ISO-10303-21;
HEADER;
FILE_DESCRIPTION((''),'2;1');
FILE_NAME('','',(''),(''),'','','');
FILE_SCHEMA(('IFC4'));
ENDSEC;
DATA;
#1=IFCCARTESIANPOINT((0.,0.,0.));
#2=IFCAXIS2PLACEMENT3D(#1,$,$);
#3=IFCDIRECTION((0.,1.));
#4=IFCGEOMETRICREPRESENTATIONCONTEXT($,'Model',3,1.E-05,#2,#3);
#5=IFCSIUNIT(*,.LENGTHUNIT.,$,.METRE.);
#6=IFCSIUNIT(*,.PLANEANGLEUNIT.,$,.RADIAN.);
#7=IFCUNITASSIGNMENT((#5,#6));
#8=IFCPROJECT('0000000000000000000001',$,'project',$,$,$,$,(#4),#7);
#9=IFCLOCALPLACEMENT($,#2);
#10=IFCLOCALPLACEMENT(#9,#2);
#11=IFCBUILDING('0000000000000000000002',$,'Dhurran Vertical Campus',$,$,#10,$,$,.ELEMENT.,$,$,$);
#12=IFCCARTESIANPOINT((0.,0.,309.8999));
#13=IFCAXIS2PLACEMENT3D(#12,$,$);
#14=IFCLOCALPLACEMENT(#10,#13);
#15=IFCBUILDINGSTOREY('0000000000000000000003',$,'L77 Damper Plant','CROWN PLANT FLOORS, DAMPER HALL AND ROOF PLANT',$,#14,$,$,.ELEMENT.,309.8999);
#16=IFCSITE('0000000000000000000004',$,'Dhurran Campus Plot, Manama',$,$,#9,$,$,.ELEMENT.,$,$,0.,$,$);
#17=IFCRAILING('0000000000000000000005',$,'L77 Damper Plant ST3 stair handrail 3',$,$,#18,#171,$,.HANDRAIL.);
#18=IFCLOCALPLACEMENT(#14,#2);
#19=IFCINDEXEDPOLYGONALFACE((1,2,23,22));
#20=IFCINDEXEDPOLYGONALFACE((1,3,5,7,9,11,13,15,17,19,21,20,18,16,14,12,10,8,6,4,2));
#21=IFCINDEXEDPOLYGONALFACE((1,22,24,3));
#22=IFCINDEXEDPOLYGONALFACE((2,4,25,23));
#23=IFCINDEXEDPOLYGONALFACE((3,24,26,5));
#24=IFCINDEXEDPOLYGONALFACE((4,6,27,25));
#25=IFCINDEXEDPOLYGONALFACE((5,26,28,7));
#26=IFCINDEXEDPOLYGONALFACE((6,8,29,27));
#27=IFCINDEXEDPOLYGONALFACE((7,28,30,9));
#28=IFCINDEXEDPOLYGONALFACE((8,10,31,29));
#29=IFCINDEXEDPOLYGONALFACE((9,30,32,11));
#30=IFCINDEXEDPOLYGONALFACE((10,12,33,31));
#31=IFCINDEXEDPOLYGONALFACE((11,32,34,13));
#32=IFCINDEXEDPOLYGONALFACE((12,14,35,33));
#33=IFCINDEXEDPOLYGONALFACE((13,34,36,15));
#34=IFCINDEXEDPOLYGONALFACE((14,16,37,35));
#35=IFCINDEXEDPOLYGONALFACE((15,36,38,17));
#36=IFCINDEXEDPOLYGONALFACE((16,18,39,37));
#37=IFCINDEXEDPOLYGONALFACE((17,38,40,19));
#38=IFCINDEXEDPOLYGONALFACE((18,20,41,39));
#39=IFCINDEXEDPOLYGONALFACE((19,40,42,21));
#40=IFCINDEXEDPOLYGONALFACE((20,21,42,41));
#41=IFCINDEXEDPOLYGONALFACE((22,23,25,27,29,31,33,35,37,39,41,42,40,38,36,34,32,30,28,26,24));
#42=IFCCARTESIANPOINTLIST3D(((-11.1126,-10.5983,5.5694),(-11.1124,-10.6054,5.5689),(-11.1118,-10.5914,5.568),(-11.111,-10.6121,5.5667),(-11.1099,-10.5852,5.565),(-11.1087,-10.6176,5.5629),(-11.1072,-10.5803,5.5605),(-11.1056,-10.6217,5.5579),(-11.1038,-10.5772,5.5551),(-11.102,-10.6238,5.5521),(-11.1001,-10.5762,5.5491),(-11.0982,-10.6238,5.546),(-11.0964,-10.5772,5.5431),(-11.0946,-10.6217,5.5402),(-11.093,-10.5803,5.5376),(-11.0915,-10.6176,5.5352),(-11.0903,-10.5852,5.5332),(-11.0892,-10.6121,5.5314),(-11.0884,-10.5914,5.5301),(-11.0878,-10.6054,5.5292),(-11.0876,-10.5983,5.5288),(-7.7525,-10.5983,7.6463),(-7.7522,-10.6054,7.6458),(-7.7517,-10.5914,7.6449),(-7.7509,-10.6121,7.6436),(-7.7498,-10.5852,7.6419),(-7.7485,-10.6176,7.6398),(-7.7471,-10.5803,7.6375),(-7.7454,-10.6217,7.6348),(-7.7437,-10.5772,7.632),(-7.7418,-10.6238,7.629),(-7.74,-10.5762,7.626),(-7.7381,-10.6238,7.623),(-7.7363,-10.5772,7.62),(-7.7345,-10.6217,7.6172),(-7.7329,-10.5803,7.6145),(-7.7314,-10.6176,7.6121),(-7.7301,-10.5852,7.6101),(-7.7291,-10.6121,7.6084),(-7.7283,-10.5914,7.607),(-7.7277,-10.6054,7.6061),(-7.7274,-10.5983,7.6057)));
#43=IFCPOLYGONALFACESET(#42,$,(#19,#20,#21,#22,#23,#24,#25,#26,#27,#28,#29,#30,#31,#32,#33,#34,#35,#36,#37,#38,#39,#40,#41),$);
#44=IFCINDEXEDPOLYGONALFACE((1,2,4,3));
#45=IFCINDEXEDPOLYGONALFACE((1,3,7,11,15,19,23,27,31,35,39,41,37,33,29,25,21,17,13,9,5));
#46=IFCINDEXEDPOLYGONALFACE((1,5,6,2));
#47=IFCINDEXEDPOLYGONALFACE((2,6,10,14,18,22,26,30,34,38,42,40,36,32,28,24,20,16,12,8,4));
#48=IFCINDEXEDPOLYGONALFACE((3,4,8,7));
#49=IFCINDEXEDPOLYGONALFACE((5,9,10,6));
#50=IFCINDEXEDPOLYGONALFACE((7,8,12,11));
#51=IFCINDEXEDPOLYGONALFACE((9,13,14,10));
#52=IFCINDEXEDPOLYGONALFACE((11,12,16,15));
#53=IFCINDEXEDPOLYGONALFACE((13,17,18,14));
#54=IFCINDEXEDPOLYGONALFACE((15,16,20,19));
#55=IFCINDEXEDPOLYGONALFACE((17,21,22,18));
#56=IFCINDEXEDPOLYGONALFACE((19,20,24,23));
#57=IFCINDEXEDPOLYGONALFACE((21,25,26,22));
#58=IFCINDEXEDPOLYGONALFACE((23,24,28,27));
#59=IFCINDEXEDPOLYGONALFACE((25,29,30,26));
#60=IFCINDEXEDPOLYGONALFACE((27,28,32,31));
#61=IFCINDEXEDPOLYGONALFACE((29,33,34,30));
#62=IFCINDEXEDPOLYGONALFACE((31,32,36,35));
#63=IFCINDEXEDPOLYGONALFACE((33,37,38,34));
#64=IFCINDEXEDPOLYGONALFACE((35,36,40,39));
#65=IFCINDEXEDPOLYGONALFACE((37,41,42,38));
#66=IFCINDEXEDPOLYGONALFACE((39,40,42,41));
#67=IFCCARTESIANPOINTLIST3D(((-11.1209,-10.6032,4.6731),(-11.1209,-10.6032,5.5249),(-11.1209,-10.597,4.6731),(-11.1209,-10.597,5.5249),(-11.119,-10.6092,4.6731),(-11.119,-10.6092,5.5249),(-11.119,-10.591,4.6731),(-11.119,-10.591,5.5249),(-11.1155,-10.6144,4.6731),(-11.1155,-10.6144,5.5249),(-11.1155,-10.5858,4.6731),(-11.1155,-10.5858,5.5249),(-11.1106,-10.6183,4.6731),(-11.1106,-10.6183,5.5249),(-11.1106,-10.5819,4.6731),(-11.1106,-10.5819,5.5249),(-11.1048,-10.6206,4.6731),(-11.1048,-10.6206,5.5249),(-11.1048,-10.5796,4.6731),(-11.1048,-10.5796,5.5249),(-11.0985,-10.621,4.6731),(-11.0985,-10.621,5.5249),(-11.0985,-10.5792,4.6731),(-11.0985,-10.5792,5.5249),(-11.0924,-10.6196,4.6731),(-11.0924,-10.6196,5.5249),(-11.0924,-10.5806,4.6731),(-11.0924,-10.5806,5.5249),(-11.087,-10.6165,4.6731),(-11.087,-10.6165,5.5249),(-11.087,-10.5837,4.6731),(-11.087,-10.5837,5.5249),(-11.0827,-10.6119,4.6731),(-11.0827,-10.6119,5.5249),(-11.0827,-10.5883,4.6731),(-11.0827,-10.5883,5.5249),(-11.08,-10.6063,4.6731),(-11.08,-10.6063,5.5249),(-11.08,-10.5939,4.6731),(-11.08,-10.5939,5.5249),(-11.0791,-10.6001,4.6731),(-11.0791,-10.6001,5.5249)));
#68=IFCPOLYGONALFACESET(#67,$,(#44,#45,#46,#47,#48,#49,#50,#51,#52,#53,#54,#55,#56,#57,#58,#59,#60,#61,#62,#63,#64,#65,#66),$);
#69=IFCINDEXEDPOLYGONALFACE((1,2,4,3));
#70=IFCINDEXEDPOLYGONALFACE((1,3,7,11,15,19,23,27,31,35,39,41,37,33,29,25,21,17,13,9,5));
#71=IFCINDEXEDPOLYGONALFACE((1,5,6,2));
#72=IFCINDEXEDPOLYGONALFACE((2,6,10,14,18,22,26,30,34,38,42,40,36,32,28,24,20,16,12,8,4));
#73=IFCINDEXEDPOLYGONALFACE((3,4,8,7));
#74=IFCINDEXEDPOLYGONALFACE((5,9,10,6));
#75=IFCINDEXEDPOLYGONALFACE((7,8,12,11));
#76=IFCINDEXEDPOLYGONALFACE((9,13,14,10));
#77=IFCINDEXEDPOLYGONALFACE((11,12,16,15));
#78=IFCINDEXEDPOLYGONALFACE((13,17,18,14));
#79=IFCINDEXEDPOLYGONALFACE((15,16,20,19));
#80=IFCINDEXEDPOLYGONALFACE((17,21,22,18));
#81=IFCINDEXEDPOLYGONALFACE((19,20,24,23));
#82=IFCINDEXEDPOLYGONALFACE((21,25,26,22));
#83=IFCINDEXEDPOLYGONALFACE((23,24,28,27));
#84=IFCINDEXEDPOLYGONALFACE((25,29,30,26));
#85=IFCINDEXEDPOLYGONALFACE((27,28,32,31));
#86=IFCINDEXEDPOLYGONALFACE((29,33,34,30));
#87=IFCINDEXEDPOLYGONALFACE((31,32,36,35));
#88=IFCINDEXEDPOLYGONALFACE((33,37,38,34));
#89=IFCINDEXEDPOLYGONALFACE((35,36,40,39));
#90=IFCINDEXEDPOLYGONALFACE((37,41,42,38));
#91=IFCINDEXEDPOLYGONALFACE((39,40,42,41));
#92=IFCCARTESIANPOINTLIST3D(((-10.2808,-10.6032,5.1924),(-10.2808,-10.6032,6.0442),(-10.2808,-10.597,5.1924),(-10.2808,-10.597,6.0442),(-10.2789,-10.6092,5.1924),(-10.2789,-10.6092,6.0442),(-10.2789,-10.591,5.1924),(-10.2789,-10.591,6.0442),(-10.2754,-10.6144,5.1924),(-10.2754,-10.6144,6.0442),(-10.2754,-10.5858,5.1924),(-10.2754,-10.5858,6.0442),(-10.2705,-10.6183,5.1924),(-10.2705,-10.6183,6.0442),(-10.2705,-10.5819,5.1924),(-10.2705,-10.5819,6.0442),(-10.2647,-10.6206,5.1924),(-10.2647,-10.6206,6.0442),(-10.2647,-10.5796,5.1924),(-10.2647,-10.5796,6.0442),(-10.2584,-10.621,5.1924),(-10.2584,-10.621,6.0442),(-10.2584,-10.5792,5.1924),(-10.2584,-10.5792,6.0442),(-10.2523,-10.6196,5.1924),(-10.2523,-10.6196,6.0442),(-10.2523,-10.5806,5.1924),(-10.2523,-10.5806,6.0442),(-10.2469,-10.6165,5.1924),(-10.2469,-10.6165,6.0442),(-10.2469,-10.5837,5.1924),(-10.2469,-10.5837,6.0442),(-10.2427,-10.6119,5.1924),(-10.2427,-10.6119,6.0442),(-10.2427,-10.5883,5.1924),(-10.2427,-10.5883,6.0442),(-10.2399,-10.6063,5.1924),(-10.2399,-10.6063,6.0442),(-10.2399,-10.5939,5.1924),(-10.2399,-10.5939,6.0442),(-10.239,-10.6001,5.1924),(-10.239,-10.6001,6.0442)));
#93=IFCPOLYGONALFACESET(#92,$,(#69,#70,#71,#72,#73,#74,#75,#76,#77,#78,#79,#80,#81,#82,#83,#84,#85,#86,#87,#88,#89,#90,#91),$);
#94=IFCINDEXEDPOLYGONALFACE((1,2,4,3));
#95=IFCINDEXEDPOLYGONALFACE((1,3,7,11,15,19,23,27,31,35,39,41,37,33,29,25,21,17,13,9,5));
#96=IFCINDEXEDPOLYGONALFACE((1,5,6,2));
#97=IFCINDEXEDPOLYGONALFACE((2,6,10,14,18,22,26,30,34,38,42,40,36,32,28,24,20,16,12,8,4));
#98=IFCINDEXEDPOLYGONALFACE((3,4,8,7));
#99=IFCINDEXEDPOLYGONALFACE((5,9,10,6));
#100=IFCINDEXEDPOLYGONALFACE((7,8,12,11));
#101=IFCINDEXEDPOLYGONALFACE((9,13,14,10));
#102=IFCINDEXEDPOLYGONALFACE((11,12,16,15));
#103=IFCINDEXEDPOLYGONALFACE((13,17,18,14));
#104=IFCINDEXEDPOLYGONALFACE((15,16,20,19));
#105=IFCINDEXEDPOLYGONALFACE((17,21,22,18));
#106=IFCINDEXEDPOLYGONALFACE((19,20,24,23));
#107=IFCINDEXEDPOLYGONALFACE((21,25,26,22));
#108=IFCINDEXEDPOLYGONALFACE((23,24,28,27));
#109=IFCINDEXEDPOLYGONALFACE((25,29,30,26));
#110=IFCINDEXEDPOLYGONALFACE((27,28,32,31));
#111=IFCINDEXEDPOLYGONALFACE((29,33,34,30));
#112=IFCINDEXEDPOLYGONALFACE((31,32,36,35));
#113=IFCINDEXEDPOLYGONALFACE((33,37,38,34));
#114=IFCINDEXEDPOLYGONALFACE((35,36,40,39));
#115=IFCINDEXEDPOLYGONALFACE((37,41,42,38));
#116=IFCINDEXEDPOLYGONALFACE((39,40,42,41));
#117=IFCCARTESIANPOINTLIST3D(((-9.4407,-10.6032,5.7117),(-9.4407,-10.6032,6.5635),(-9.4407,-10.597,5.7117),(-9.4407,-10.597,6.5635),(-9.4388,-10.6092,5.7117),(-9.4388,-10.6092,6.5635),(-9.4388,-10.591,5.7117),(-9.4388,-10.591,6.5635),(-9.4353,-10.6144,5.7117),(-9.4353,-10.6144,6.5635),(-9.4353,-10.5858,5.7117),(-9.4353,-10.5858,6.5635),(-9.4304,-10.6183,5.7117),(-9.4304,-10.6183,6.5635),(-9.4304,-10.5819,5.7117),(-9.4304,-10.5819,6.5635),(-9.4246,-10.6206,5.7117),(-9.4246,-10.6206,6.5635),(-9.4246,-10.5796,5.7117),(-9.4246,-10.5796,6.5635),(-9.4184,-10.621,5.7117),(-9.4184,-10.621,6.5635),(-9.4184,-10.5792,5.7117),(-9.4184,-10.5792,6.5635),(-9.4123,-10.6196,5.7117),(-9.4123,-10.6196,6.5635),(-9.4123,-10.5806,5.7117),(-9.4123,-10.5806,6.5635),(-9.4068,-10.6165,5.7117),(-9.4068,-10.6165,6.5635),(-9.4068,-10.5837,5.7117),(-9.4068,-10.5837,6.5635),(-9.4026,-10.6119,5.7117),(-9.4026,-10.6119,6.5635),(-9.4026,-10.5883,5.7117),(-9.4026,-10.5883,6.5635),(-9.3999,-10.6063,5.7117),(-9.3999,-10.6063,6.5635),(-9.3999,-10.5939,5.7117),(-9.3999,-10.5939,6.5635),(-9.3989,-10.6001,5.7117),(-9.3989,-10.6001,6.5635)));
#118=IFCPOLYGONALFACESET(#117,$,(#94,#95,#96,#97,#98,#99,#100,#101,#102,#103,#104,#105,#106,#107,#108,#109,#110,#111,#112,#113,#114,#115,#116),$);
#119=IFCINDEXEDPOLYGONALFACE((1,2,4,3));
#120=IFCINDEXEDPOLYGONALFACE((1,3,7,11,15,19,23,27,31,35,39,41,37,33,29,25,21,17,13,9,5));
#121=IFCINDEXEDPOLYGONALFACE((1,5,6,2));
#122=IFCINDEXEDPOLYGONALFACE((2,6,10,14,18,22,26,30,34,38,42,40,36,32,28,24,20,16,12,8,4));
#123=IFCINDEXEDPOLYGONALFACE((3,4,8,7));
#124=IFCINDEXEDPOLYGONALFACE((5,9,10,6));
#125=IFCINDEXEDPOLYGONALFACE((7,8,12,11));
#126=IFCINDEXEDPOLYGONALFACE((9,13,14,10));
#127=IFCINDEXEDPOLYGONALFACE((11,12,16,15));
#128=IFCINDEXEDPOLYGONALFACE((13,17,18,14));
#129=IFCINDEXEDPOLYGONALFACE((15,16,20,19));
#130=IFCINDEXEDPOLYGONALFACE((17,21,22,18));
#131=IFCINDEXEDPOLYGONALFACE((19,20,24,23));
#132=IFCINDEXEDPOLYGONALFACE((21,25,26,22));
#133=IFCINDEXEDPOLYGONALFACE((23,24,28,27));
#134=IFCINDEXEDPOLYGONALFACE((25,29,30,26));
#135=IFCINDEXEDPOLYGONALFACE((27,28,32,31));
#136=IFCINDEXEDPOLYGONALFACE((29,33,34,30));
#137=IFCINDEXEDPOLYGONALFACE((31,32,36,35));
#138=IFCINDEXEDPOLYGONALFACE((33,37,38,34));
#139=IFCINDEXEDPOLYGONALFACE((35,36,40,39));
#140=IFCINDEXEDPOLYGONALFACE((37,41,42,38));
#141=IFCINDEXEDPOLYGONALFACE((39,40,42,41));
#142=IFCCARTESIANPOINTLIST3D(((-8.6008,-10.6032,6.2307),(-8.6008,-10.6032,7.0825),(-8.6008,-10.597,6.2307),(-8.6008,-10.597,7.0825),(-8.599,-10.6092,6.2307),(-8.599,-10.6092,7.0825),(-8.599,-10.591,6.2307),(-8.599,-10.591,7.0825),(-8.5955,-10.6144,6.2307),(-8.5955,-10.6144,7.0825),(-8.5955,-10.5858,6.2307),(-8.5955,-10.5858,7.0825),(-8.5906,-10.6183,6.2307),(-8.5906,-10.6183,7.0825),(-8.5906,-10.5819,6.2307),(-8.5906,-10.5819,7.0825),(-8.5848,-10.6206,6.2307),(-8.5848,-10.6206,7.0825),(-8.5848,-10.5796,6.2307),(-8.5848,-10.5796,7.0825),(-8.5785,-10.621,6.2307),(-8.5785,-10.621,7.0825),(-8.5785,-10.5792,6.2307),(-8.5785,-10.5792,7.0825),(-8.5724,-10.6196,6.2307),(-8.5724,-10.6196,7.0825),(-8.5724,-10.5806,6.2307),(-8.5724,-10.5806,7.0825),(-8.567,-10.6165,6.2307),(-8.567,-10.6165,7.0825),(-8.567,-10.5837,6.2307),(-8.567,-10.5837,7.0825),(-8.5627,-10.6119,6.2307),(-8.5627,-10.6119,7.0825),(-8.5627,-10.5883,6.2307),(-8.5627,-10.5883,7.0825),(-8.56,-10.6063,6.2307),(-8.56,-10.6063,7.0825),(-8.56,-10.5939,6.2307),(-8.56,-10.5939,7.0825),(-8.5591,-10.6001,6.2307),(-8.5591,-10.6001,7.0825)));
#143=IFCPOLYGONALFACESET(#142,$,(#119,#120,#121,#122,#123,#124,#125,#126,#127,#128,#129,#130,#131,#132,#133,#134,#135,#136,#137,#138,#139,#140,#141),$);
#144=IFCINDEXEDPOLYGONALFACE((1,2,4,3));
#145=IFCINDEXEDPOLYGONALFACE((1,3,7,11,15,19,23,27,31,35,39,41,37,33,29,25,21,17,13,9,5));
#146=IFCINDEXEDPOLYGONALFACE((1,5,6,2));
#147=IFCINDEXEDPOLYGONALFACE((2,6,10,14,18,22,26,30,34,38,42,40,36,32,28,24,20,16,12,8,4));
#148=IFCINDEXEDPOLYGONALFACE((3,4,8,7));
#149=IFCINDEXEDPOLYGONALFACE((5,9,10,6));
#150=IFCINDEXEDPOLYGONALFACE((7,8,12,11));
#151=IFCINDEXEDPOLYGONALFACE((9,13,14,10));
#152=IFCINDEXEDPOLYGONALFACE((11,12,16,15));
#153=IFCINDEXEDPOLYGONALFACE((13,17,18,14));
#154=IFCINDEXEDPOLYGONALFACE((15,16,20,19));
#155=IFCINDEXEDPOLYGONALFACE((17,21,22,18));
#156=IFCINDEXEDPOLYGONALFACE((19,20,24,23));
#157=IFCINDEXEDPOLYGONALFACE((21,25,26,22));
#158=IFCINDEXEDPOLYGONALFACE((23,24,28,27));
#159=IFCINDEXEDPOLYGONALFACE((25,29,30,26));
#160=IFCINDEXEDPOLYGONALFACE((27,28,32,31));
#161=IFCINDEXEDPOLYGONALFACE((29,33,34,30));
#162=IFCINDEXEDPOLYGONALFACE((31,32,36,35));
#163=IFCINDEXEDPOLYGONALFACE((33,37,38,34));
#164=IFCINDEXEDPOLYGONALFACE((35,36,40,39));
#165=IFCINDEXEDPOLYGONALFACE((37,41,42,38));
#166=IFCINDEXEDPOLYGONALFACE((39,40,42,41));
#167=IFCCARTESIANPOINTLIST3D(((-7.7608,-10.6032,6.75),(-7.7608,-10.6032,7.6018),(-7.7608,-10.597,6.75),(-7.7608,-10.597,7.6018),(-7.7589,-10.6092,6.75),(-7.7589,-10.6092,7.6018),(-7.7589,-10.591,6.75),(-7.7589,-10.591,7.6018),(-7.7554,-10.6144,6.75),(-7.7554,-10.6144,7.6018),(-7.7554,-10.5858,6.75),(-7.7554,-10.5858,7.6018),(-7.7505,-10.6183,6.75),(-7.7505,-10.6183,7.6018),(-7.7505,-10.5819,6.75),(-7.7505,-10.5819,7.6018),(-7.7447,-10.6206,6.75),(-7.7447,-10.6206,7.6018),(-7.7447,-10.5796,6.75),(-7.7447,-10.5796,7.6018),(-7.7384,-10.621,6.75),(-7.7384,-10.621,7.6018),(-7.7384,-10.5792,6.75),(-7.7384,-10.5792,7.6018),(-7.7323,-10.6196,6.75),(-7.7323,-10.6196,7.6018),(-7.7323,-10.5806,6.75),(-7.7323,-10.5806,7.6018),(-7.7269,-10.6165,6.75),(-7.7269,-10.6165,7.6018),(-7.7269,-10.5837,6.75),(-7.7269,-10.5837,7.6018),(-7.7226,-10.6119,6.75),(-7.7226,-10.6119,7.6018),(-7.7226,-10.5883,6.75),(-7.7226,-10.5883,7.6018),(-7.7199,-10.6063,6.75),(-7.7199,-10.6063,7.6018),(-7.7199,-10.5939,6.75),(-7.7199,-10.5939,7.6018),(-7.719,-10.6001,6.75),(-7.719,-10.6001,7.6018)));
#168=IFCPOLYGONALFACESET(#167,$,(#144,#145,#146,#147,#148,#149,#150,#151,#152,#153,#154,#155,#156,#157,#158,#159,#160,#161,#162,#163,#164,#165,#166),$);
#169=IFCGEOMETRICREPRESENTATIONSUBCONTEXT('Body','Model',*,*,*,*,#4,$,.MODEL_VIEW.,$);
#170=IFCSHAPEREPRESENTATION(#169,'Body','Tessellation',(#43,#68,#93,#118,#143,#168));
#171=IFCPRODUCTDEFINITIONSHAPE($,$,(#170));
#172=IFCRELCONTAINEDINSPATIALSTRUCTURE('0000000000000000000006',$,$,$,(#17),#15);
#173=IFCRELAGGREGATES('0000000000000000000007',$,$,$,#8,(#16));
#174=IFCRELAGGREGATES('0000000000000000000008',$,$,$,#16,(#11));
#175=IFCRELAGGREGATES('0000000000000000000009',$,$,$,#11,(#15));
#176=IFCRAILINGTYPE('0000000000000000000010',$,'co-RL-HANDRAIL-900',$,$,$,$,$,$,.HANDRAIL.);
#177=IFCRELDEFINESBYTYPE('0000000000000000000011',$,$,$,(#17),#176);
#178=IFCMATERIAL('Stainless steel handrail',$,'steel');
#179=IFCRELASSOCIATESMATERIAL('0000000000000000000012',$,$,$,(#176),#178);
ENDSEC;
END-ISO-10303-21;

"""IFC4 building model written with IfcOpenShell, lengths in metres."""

from ifc_helpers import new_model, si_unit, direction, frame, origin, origin_2d, place, context, subcontext, project, spatial, circle, extrude, material, type_object, element, save


model = new_model("IFC4")

# Units and contexts
model_context = context("Model", 3, precision=1e-05, world=origin(), true_north=direction((0.0, 1.0)))
body_context = subcontext(model_context, "Body", "Model", "MODEL_VIEW")
ifc_project = project(units=[si_unit("LENGTHUNIT", "METRE"), si_unit("PLANEANGLEUNIT", "RADIAN")], contexts=[model_context])

# Site, building, storey
site_placement = place(None, origin())
site = spatial("IfcSite", under=ifc_project, at=site_placement, Name="Dhurran Campus Plot, Manama", CompositionType="ELEMENT", RefElevation=0.0)
building_placement = place(site_placement, origin())
building = spatial("IfcBuilding", under=site, at=building_placement, Name="Dhurran Vertical Campus", CompositionType="ELEMENT")
storey_placement = place(building_placement, frame((0.0, 0.0, 309.8999)))
storey = spatial("IfcBuildingStorey", under=building, at=storey_placement, Name="L77 Damper Plant", Description="CROWN PLANT FLOORS, DAMPER HALL AND ROOF PLANT", CompositionType="ELEMENT", Elevation=309.8999)

# Railing
ifc_material_1 = material(Name="Stainless steel handrail", Category="steel")
railing_type = type_object("IfcRailingType", Name="co-RL-HANDRAIL-900", PredefinedType="HANDRAIL", material=ifc_material_1)
for number, where, name in (
    (1, (-11.1001, -10.6001, 4.6731), "L77 Damper Plant ST3 stair handrail 3"),
):
    element("IfcRailing", number, at=place(storey_placement, frame(where)), inside=storey, type_object=railing_type, Name=name, PredefinedType="HANDRAIL", context=body_context, shape_type="SweptSolid", body=[
        extrude(circle(Radius=0.0239, at=origin_2d()), frame((0.0, 0.0, 0.876), z_axis=(0.850623, 0.0, 0.525776), x_axis=(0.0, 1.0, 0.0)), (0.0, 0.0, 1.0), 3.9502),
        extrude(circle(Radius=0.021, at=origin_2d()), origin(), (0.0, 0.0, 1.0), 0.8518),
        extrude(circle(Radius=0.021, at=origin_2d()), frame((0.8401, 0.0, 0.5193)), (0.0, 0.0, 1.0), 0.8518),
        extrude(circle(Radius=0.021, at=origin_2d()), frame((1.6802, 0.0, 1.0386)), (0.0, 0.0, 1.0), 0.8518),
        extrude(circle(Radius=0.021, at=origin_2d()), frame((2.52, 0.0, 1.5576)), (0.0, 0.0, 1.0), 0.8518),
        extrude(circle(Radius=0.021, at=origin_2d()), frame((3.3601, 0.0, 2.0769)), (0.0, 0.0, 1.0), 0.8518),
    ])

save(model, "model.ifc")
